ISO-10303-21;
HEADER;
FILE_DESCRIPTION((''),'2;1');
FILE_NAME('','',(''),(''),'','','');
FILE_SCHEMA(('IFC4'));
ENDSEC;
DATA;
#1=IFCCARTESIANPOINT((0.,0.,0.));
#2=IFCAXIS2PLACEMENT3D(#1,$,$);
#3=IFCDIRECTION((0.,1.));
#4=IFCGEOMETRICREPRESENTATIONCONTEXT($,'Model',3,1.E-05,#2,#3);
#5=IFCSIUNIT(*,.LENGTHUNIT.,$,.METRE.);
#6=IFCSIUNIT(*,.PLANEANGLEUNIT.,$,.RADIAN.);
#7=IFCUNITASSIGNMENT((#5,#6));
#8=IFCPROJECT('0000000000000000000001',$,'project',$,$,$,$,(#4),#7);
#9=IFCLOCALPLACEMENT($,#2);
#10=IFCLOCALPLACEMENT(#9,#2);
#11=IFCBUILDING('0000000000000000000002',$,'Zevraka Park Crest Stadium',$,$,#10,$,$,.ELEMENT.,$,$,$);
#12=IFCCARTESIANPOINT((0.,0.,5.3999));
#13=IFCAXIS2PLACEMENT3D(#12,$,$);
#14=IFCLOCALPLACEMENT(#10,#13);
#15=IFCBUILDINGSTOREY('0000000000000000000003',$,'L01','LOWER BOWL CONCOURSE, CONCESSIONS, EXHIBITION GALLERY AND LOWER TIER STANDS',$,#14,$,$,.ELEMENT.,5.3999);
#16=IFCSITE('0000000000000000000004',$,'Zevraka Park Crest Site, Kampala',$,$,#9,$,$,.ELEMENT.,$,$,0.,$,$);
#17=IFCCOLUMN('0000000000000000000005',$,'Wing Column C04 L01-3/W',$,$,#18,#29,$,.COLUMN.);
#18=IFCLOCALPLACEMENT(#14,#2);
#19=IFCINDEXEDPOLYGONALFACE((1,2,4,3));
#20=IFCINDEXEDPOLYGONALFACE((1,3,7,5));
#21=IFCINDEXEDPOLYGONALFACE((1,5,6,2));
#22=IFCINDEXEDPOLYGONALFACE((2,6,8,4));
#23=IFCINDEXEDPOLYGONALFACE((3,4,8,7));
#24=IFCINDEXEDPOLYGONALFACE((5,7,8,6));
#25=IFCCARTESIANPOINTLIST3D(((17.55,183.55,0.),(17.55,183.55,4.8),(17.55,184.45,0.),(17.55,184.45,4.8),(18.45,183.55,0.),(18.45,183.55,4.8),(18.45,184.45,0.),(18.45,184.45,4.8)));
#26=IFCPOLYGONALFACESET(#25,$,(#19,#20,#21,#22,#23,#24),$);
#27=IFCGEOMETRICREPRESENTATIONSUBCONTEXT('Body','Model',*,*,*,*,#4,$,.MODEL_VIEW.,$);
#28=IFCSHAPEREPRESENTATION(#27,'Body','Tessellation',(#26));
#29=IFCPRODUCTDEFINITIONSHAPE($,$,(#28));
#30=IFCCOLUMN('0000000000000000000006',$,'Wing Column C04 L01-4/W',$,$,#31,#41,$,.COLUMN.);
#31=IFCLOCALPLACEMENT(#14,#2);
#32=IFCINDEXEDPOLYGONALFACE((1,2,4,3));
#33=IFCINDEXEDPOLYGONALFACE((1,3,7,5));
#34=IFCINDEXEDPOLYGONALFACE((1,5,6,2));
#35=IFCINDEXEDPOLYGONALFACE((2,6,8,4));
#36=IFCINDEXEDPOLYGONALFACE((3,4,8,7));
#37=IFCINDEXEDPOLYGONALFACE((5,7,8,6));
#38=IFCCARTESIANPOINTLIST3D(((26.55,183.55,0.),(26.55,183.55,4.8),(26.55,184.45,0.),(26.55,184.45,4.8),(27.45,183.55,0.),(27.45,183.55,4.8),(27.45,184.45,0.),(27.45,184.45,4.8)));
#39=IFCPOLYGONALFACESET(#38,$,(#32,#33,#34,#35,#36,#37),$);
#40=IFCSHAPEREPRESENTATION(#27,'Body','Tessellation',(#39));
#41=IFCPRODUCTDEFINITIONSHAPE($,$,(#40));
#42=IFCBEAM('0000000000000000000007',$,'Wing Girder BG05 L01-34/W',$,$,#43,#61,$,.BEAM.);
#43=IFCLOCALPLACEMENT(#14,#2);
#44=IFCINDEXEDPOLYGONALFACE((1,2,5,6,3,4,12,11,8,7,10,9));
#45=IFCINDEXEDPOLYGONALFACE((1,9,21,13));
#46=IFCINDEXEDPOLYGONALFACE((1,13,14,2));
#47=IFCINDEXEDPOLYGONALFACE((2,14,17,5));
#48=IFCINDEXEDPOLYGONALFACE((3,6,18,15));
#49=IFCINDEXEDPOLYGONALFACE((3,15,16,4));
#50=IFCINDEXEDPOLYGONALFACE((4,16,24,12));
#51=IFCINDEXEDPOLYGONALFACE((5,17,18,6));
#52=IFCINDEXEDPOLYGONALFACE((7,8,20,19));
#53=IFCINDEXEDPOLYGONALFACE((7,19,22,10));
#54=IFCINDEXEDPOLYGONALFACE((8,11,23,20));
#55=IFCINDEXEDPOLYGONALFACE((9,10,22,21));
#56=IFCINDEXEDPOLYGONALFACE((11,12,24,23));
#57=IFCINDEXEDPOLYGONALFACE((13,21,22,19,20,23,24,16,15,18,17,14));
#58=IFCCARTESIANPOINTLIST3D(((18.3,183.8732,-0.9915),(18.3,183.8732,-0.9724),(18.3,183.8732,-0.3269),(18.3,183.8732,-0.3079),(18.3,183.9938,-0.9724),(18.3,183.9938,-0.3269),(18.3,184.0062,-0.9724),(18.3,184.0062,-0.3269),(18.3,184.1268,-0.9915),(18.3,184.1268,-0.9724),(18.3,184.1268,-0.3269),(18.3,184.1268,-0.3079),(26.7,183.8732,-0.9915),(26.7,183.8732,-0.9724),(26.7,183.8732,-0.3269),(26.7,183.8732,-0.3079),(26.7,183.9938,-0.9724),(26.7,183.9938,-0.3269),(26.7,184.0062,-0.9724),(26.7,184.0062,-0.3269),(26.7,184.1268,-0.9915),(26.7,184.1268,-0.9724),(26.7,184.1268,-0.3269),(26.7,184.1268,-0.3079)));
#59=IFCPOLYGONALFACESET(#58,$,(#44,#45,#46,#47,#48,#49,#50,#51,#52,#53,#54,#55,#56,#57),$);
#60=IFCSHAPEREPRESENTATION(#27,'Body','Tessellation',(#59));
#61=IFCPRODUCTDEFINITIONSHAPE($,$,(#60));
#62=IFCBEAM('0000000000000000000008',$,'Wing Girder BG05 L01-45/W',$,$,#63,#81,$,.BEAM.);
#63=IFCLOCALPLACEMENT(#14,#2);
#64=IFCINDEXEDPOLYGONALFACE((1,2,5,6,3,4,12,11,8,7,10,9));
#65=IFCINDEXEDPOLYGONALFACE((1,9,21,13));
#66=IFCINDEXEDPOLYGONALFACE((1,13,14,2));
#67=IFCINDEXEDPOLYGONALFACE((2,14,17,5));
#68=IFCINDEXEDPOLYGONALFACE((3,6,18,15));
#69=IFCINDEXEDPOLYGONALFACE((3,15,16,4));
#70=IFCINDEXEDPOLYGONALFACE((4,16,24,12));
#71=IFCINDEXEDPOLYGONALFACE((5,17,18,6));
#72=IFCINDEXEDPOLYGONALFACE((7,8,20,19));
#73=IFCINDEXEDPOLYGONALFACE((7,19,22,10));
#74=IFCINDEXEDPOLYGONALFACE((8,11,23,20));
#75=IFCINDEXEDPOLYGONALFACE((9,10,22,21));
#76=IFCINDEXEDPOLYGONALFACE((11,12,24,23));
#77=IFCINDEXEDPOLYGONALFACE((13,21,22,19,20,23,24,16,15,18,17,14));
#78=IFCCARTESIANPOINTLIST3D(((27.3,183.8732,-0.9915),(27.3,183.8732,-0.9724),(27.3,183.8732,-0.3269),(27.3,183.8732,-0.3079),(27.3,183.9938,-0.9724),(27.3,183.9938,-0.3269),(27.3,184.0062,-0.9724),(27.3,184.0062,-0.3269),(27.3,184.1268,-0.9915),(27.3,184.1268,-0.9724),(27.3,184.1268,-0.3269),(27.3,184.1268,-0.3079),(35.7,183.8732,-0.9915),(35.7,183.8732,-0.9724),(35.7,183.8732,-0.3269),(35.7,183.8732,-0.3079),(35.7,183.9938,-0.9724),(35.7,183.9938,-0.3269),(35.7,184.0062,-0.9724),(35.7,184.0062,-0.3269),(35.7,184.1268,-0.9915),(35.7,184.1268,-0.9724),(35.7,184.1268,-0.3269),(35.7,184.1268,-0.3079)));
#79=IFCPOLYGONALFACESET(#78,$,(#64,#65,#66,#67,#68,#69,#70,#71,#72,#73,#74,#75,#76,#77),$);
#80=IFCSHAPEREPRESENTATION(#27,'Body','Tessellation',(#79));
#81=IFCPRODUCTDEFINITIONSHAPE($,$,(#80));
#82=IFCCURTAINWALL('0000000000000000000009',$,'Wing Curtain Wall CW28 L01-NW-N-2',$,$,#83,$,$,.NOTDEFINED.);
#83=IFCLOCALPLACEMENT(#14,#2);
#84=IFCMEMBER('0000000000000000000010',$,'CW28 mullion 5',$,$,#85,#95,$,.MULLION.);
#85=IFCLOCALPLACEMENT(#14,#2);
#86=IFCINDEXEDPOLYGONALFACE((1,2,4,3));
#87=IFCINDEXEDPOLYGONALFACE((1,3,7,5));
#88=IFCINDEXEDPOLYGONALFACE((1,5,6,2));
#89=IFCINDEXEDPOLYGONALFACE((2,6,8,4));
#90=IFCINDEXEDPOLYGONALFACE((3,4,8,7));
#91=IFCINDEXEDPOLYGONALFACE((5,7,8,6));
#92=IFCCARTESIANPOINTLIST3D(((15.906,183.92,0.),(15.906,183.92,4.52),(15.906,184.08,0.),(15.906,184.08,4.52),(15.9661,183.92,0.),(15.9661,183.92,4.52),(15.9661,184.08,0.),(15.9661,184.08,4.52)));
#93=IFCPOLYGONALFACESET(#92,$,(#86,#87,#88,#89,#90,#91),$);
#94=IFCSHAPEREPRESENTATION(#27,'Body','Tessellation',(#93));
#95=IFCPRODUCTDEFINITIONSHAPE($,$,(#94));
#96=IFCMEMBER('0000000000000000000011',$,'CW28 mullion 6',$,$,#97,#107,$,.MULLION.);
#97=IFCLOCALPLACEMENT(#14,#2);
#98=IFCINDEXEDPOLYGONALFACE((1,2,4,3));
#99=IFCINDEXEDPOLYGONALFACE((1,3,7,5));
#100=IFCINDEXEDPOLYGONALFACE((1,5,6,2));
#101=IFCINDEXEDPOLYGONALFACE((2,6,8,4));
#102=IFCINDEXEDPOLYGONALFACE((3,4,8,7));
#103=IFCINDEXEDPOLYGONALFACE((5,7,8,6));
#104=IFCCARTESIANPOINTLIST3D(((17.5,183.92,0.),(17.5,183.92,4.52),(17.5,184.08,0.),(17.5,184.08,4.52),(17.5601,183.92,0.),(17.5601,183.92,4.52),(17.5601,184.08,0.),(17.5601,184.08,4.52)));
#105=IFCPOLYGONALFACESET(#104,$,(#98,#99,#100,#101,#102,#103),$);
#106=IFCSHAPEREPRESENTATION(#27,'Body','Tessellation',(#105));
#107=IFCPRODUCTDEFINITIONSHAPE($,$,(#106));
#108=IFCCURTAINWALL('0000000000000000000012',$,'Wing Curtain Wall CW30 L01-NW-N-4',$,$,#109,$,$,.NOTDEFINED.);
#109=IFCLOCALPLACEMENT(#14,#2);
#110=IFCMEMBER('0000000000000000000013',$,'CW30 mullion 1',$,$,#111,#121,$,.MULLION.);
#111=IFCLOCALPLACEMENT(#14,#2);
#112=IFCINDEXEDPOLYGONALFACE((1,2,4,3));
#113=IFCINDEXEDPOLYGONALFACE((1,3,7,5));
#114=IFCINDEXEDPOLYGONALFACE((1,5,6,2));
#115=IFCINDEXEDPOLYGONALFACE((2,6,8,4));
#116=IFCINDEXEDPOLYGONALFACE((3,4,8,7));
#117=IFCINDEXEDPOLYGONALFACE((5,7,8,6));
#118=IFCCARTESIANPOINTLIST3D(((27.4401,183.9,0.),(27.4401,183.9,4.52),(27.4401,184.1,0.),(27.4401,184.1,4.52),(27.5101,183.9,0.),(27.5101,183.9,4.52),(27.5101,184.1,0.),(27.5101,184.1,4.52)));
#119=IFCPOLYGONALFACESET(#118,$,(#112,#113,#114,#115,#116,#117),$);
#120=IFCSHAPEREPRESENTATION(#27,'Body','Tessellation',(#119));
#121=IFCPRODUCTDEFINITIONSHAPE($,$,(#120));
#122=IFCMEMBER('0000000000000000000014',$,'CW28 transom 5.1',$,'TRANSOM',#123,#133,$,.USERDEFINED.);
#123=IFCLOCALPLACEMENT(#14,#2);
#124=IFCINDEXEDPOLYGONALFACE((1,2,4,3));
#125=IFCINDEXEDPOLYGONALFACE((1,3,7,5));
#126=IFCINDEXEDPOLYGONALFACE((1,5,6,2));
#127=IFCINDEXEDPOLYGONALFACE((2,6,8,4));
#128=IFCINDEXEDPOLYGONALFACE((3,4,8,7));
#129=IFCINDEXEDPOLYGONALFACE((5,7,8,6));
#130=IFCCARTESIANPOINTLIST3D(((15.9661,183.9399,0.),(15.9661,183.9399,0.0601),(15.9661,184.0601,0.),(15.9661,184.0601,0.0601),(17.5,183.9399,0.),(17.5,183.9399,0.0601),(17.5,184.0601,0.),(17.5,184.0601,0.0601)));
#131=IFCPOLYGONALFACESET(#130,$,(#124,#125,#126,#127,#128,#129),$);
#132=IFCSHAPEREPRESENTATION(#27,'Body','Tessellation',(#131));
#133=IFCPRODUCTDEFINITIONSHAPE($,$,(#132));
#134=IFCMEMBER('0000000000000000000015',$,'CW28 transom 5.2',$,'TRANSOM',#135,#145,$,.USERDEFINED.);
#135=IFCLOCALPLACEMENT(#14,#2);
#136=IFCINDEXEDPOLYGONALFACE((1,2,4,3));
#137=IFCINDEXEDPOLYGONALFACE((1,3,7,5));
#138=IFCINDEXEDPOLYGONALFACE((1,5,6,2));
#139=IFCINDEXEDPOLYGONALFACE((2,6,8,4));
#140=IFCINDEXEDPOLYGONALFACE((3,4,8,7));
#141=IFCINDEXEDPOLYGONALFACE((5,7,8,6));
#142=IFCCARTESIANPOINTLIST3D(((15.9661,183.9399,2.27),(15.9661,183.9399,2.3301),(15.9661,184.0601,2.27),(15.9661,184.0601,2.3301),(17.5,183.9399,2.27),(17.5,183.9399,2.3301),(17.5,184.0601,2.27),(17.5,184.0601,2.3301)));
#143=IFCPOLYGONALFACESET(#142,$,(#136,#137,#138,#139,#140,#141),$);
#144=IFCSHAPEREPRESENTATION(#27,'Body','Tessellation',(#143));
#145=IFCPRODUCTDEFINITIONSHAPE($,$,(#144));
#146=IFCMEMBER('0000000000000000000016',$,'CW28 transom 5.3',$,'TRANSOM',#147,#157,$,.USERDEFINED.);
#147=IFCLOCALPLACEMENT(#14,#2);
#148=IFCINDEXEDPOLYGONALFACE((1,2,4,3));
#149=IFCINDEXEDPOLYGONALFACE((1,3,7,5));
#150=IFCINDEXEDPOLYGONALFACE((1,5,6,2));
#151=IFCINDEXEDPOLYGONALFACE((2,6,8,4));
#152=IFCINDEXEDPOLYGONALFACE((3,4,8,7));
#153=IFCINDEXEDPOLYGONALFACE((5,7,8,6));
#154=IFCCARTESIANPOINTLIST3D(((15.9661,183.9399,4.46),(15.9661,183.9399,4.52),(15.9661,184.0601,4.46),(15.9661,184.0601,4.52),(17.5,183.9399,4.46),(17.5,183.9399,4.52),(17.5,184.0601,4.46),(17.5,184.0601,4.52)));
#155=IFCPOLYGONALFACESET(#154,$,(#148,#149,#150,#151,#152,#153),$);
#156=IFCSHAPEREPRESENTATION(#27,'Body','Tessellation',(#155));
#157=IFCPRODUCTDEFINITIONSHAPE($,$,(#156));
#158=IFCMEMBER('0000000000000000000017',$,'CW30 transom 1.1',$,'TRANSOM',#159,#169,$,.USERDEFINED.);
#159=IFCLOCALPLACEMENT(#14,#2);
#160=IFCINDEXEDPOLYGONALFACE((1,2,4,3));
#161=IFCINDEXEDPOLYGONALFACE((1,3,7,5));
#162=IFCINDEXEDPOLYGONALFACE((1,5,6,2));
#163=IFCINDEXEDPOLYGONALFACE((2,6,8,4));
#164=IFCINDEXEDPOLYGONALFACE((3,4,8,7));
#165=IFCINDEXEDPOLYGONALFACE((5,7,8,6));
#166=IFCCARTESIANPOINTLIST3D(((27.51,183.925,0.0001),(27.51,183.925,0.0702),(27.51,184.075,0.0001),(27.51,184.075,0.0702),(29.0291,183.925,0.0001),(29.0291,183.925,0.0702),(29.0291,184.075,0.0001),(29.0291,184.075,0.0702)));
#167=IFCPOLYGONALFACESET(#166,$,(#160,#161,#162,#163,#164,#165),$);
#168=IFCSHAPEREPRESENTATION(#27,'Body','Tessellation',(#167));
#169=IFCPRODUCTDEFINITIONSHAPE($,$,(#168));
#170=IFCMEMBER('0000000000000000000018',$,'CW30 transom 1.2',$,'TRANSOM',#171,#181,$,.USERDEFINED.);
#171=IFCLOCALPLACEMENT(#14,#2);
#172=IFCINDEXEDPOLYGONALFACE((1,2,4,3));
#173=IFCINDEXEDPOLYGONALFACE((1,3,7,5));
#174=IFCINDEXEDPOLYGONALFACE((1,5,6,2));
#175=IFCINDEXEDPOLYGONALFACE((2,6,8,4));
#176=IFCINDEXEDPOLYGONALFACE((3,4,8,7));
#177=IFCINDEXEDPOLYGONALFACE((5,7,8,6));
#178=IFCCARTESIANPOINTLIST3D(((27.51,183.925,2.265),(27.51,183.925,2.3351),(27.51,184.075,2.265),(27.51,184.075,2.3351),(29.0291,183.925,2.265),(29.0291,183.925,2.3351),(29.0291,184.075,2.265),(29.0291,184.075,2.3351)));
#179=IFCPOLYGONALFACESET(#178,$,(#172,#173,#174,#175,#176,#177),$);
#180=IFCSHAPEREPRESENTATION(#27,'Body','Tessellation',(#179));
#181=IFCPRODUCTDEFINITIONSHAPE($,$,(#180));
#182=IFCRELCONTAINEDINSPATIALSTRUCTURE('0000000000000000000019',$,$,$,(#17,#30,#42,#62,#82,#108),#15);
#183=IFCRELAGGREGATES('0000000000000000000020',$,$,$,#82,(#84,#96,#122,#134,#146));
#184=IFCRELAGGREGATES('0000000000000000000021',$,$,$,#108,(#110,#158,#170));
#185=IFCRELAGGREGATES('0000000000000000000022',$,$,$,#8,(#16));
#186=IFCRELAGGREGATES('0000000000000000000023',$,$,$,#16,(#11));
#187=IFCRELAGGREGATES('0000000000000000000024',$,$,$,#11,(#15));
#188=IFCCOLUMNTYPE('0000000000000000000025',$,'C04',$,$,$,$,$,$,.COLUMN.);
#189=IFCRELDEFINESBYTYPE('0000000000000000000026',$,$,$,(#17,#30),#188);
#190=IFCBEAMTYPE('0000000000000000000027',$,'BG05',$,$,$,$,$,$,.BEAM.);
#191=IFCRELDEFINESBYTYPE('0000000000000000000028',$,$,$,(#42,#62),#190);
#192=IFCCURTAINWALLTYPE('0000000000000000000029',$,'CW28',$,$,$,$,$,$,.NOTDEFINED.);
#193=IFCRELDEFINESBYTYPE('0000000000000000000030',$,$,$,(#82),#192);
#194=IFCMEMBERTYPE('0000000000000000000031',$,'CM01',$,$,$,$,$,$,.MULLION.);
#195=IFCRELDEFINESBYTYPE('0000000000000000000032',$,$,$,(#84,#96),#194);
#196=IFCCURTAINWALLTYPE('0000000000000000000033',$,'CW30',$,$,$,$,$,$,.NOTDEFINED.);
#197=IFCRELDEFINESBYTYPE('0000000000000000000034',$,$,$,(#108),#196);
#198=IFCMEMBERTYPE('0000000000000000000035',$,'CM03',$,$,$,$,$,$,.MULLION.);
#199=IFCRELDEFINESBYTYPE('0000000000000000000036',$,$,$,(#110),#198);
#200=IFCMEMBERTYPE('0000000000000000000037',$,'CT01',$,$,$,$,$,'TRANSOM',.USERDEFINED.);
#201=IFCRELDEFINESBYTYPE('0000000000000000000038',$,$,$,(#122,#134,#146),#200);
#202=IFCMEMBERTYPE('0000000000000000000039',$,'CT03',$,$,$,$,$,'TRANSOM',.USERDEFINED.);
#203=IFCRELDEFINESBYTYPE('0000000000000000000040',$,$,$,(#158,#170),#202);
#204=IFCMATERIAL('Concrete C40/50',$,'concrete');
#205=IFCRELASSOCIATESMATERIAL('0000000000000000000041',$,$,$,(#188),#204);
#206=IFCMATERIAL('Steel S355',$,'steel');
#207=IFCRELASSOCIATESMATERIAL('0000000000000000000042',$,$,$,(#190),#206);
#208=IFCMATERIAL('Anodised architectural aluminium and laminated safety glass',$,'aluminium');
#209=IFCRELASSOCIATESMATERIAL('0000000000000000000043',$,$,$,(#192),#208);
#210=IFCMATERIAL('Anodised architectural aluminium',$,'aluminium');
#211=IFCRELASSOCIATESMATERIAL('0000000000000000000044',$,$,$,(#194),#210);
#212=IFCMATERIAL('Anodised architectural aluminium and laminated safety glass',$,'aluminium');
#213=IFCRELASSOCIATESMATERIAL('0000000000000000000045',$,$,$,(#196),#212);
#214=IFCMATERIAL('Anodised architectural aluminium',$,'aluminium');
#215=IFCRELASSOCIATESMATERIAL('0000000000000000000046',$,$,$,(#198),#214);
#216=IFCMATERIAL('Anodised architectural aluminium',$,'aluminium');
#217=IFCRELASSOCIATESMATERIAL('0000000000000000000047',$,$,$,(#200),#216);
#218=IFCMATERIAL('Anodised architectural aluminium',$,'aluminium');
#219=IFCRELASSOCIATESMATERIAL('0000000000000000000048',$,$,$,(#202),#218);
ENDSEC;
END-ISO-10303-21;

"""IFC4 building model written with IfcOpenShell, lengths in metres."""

from ifc_helpers import new_model, si_unit, direction, frame, origin, origin_2d, place, context, subcontext, project, spatial, rectangle, i_section, extrude, material, material_profile, profile_set, type_object, element, aggregate, save


model = new_model("IFC4")

# Units and contexts
model_context = context("Model", 3, precision=1e-05, world=origin(), true_north=direction((0.0, 1.0)))
body_context = subcontext(model_context, "Body", "Model", "MODEL_VIEW")
ifc_project = project(units=[si_unit("LENGTHUNIT", "METRE"), si_unit("PLANEANGLEUNIT", "RADIAN")], contexts=[model_context])

# Site, building, storey
site_placement = place(None, origin())
site = spatial("IfcSite", under=ifc_project, at=site_placement, Name="Zevraka Park Crest Site, Kampala", CompositionType="ELEMENT", RefElevation=0.0)
building_placement = place(site_placement, origin())
building = spatial("IfcBuilding", under=site, at=building_placement, Name="Zevraka Park Crest Stadium", CompositionType="ELEMENT")
storey_placement = place(building_placement, frame((0.0, 0.0, 5.3999)))
storey = spatial("IfcBuildingStorey", under=building, at=storey_placement, Name="L01", Description="LOWER BOWL CONCOURSE, CONCESSIONS, EXHIBITION GALLERY AND LOWER TIER STANDS", CompositionType="ELEMENT", Elevation=5.3999)

# Columns
ifc_material_1 = material(Name="Concrete C40/50", Category="concrete")
ifc_material_profile_1 = material_profile(ifc_material_1, rectangle(XDim=0.8999, YDim=0.8999, at=origin_2d()), Name="RC 900x900")
ifc_profile_set_1 = profile_set([ifc_material_profile_1], Name="Concrete C40/50")
column_type = type_object("IfcColumnType", Name="C04", PredefinedType="COLUMN", material=ifc_profile_set_1)
for number, where, z_axis, x_axis, name in (
    (1, (18.0, 184.0, 0.0), (0.0, 0.0, 1.0), (1.0, 0.0, 0.0), "Wing Column C04 L01-3/W"),
    (2, (27.0, 184.0, 0.0), (0.0, 0.0, 1.0), (1.0, 0.0, 0.0), "Wing Column C04 L01-4/W"),
):
    element("IfcColumn", number, at=place(storey_placement, frame(where, z_axis=z_axis, x_axis=x_axis)), inside=storey, type_object=column_type, Name=name, PredefinedType="COLUMN", context=body_context, shape_type="SweptSolid", body=[
        extrude(rectangle(XDim=0.8999, YDim=0.8999, at=origin_2d()), origin(), (0.0, 0.0, 1.0), 4.8),
    ])

# Beams
ifc_material_2 = material(Name="Steel S355", Category="steel")
ifc_material_profile_2 = material_profile(ifc_material_2, i_section(OverallWidth=0.2537, OverallDepth=0.6836, WebThickness=0.0125, FlangeThickness=0.019, at=origin_2d()), Name="UKB 686x254x140")
ifc_profile_set_2 = profile_set([ifc_material_profile_2], Name="Steel S355")
beam_type_1 = type_object("IfcBeamType", Name="BG05", PredefinedType="BEAM", material=ifc_profile_set_2)
for number, where, z_axis, x_axis, name in (
    (3, (18.3, 184.0, -0.6497), (1.0, 0.0, 0.0), (0.0, 1.0, 0.0), "Wing Girder BG05 L01-34/W"),
    (4, (27.3, 184.0, -0.6497), (1.0, 0.0, 0.0), (0.0, 1.0, 0.0), "Wing Girder BG05 L01-45/W"),
):
    element("IfcBeam", number, at=place(storey_placement, frame(where, z_axis=z_axis, x_axis=x_axis)), inside=storey, type_object=beam_type_1, Name=name, PredefinedType="BEAM", context=body_context, shape_type="SweptSolid", body=[
        extrude(i_section(OverallWidth=0.2537, OverallDepth=0.6836, WebThickness=0.0125, FlangeThickness=0.019, at=origin_2d()), origin(), (0.0, 0.0, 1.0), 8.3999),
    ])

# Curtain wall, members
ifc_material_3 = material(Name="Anodised architectural aluminium and laminated safety glass", Category="aluminium")
curtain_wall_type_1 = type_object("IfcCurtainWallType", Name="CW28", PredefinedType="NOTDEFINED", material=ifc_material_3)
curtain_wall_1_placement = place(storey_placement, origin())
curtain_wall_1 = element("IfcCurtainWall", 5, at=curtain_wall_1_placement, inside=storey, type_object=curtain_wall_type_1, Name="Wing Curtain Wall CW28 L01-NW-N-2", PredefinedType="NOTDEFINED")
ifc_material_4 = material(Name="Anodised architectural aluminium", Category="aluminium")
ifc_material_profile_3 = material_profile(ifc_material_4, rectangle(XDim=0.1599, YDim=0.0601, at=origin_2d()), Name="ALU MULLION 160x60")
ifc_profile_set_3 = profile_set([ifc_material_profile_3], Name="Anodised architectural aluminium")
member_type_1 = type_object("IfcMemberType", Name="CM01", PredefinedType="MULLION", material=ifc_profile_set_3)
member_1_placement = place(storey_placement, frame((15.936, 184.0, 0.0), z_axis=(0.0, 0.0, 1.0), x_axis=(0.0, 1.0, 0.0)))
member_1 = element("IfcMember", 6, at=member_1_placement, type_object=member_type_1, Name="CW28 mullion 5", PredefinedType="MULLION", context=body_context, shape_type="SweptSolid", body=[
    extrude(rectangle(XDim=0.1599, YDim=0.0601, at=origin_2d()), origin(), (0.0, 0.0, 1.0), 4.52),
])
member_2_placement = place(storey_placement, frame((17.53, 184.0, 0.0), z_axis=(0.0, 0.0, 1.0), x_axis=(0.0, 1.0, 0.0)))
member_2 = element("IfcMember", 7, at=member_2_placement, type_object=member_type_1, Name="CW28 mullion 6", PredefinedType="MULLION", context=body_context, shape_type="SweptSolid", body=[
    extrude(rectangle(XDim=0.1599, YDim=0.0601, at=origin_2d()), origin(), (0.0, 0.0, 1.0), 4.52),
])

# Curtain wall, member
ifc_material_5 = material(Name="Anodised architectural aluminium and laminated safety glass", Category="aluminium")
curtain_wall_type_2 = type_object("IfcCurtainWallType", Name="CW30", PredefinedType="NOTDEFINED", material=ifc_material_5)
curtain_wall_2_placement = place(storey_placement, origin())
curtain_wall_2 = element("IfcCurtainWall", 8, at=curtain_wall_2_placement, inside=storey, type_object=curtain_wall_type_2, Name="Wing Curtain Wall CW30 L01-NW-N-4", PredefinedType="NOTDEFINED")
ifc_material_6 = material(Name="Anodised architectural aluminium", Category="aluminium")
ifc_material_profile_4 = material_profile(ifc_material_6, rectangle(XDim=0.2, YDim=0.0701, at=origin_2d()), Name="ALU MULLION 200x70")
ifc_profile_set_4 = profile_set([ifc_material_profile_4], Name="Anodised architectural aluminium")
member_type_2 = type_object("IfcMemberType", Name="CM03", PredefinedType="MULLION", material=ifc_profile_set_4)
member_3_placement = place(storey_placement, frame((27.4751, 184.0, 0.0), z_axis=(0.0, 0.0, 1.0), x_axis=(0.0, 1.0, 0.0)))
member_3 = element("IfcMember", 9, at=member_3_placement, type_object=member_type_2, Name="CW30 mullion 1", PredefinedType="MULLION", context=body_context, shape_type="SweptSolid", body=[
    extrude(rectangle(XDim=0.2, YDim=0.0701, at=origin_2d()), origin(), (0.0, 0.0, 1.0), 4.52),
])

# Members
ifc_material_7 = material(Name="Anodised architectural aluminium", Category="aluminium")
ifc_material_profile_5 = material_profile(ifc_material_7, rectangle(XDim=0.1201, YDim=0.0601, at=origin_2d()), Name="ALU TRANSOM 120x60")
ifc_profile_set_5 = profile_set([ifc_material_profile_5], Name="Anodised architectural aluminium")
member_type_3 = type_object("IfcMemberType", Name="CT01", ElementType="TRANSOM", PredefinedType="USERDEFINED", material=ifc_profile_set_5)
member_4_placement = place(storey_placement, frame((15.9661, 184.0, 0.03), z_axis=(1.0, 0.0, 0.0), x_axis=(0.0, 1.0, 0.0)))
member_4 = element("IfcMember", 10, at=member_4_placement, type_object=member_type_3, Name="CW28 transom 5.1", ObjectType="TRANSOM", PredefinedType="USERDEFINED", context=body_context, shape_type="SweptSolid", body=[
    extrude(rectangle(XDim=0.1201, YDim=0.0601, at=origin_2d()), origin(), (0.0, 0.0, 1.0), 1.5339),
])
member_5_placement = place(storey_placement, frame((15.9661, 184.0, 2.3), z_axis=(1.0, 0.0, 0.0), x_axis=(0.0, 1.0, 0.0)))
member_5 = element("IfcMember", 11, at=member_5_placement, type_object=member_type_3, Name="CW28 transom 5.2", ObjectType="TRANSOM", PredefinedType="USERDEFINED", context=body_context, shape_type="SweptSolid", body=[
    extrude(rectangle(XDim=0.1201, YDim=0.0601, at=origin_2d()), origin(), (0.0, 0.0, 1.0), 1.5339),
])
member_6_placement = place(storey_placement, frame((15.9661, 184.0, 4.49), z_axis=(1.0, 0.0, 0.0), x_axis=(0.0, 1.0, 0.0)))
member_6 = element("IfcMember", 12, at=member_6_placement, type_object=member_type_3, Name="CW28 transom 5.3", ObjectType="TRANSOM", PredefinedType="USERDEFINED", context=body_context, shape_type="SweptSolid", body=[
    extrude(rectangle(XDim=0.1201, YDim=0.0601, at=origin_2d()), origin(), (0.0, 0.0, 1.0), 1.5339),
])
ifc_material_8 = material(Name="Anodised architectural aluminium", Category="aluminium")
ifc_material_profile_6 = material_profile(ifc_material_8, rectangle(XDim=0.1499, YDim=0.0701, at=origin_2d()), Name="ALU TRANSOM 150x70")
ifc_profile_set_6 = profile_set([ifc_material_profile_6], Name="Anodised architectural aluminium")
member_type_4 = type_object("IfcMemberType", Name="CT03", ElementType="TRANSOM", PredefinedType="USERDEFINED", material=ifc_profile_set_6)
member_7_placement = place(storey_placement, frame((27.51, 184.0, 0.0352), z_axis=(1.0, 0.0, 0.0), x_axis=(0.0, 1.0, 0.0)))
member_7 = element("IfcMember", 13, at=member_7_placement, type_object=member_type_4, Name="CW30 transom 1.1", ObjectType="TRANSOM", PredefinedType="USERDEFINED", context=body_context, shape_type="SweptSolid", body=[
    extrude(rectangle(XDim=0.1499, YDim=0.0701, at=origin_2d()), origin(), (0.0, 0.0, 1.0), 1.519),
])
member_8_placement = place(storey_placement, frame((27.51, 184.0, 2.3), z_axis=(1.0, 0.0, 0.0), x_axis=(0.0, 1.0, 0.0)))
member_8 = element("IfcMember", 14, at=member_8_placement, type_object=member_type_4, Name="CW30 transom 1.2", ObjectType="TRANSOM", PredefinedType="USERDEFINED", context=body_context, shape_type="SweptSolid", body=[
    extrude(rectangle(XDim=0.1499, YDim=0.0701, at=origin_2d()), origin(), (0.0, 0.0, 1.0), 1.519),
])

aggregate(curtain_wall_1, [member_1, member_2, member_4, member_5, member_6])
aggregate(curtain_wall_2, [member_3, member_7, member_8])

save(model, "model.ifc")
